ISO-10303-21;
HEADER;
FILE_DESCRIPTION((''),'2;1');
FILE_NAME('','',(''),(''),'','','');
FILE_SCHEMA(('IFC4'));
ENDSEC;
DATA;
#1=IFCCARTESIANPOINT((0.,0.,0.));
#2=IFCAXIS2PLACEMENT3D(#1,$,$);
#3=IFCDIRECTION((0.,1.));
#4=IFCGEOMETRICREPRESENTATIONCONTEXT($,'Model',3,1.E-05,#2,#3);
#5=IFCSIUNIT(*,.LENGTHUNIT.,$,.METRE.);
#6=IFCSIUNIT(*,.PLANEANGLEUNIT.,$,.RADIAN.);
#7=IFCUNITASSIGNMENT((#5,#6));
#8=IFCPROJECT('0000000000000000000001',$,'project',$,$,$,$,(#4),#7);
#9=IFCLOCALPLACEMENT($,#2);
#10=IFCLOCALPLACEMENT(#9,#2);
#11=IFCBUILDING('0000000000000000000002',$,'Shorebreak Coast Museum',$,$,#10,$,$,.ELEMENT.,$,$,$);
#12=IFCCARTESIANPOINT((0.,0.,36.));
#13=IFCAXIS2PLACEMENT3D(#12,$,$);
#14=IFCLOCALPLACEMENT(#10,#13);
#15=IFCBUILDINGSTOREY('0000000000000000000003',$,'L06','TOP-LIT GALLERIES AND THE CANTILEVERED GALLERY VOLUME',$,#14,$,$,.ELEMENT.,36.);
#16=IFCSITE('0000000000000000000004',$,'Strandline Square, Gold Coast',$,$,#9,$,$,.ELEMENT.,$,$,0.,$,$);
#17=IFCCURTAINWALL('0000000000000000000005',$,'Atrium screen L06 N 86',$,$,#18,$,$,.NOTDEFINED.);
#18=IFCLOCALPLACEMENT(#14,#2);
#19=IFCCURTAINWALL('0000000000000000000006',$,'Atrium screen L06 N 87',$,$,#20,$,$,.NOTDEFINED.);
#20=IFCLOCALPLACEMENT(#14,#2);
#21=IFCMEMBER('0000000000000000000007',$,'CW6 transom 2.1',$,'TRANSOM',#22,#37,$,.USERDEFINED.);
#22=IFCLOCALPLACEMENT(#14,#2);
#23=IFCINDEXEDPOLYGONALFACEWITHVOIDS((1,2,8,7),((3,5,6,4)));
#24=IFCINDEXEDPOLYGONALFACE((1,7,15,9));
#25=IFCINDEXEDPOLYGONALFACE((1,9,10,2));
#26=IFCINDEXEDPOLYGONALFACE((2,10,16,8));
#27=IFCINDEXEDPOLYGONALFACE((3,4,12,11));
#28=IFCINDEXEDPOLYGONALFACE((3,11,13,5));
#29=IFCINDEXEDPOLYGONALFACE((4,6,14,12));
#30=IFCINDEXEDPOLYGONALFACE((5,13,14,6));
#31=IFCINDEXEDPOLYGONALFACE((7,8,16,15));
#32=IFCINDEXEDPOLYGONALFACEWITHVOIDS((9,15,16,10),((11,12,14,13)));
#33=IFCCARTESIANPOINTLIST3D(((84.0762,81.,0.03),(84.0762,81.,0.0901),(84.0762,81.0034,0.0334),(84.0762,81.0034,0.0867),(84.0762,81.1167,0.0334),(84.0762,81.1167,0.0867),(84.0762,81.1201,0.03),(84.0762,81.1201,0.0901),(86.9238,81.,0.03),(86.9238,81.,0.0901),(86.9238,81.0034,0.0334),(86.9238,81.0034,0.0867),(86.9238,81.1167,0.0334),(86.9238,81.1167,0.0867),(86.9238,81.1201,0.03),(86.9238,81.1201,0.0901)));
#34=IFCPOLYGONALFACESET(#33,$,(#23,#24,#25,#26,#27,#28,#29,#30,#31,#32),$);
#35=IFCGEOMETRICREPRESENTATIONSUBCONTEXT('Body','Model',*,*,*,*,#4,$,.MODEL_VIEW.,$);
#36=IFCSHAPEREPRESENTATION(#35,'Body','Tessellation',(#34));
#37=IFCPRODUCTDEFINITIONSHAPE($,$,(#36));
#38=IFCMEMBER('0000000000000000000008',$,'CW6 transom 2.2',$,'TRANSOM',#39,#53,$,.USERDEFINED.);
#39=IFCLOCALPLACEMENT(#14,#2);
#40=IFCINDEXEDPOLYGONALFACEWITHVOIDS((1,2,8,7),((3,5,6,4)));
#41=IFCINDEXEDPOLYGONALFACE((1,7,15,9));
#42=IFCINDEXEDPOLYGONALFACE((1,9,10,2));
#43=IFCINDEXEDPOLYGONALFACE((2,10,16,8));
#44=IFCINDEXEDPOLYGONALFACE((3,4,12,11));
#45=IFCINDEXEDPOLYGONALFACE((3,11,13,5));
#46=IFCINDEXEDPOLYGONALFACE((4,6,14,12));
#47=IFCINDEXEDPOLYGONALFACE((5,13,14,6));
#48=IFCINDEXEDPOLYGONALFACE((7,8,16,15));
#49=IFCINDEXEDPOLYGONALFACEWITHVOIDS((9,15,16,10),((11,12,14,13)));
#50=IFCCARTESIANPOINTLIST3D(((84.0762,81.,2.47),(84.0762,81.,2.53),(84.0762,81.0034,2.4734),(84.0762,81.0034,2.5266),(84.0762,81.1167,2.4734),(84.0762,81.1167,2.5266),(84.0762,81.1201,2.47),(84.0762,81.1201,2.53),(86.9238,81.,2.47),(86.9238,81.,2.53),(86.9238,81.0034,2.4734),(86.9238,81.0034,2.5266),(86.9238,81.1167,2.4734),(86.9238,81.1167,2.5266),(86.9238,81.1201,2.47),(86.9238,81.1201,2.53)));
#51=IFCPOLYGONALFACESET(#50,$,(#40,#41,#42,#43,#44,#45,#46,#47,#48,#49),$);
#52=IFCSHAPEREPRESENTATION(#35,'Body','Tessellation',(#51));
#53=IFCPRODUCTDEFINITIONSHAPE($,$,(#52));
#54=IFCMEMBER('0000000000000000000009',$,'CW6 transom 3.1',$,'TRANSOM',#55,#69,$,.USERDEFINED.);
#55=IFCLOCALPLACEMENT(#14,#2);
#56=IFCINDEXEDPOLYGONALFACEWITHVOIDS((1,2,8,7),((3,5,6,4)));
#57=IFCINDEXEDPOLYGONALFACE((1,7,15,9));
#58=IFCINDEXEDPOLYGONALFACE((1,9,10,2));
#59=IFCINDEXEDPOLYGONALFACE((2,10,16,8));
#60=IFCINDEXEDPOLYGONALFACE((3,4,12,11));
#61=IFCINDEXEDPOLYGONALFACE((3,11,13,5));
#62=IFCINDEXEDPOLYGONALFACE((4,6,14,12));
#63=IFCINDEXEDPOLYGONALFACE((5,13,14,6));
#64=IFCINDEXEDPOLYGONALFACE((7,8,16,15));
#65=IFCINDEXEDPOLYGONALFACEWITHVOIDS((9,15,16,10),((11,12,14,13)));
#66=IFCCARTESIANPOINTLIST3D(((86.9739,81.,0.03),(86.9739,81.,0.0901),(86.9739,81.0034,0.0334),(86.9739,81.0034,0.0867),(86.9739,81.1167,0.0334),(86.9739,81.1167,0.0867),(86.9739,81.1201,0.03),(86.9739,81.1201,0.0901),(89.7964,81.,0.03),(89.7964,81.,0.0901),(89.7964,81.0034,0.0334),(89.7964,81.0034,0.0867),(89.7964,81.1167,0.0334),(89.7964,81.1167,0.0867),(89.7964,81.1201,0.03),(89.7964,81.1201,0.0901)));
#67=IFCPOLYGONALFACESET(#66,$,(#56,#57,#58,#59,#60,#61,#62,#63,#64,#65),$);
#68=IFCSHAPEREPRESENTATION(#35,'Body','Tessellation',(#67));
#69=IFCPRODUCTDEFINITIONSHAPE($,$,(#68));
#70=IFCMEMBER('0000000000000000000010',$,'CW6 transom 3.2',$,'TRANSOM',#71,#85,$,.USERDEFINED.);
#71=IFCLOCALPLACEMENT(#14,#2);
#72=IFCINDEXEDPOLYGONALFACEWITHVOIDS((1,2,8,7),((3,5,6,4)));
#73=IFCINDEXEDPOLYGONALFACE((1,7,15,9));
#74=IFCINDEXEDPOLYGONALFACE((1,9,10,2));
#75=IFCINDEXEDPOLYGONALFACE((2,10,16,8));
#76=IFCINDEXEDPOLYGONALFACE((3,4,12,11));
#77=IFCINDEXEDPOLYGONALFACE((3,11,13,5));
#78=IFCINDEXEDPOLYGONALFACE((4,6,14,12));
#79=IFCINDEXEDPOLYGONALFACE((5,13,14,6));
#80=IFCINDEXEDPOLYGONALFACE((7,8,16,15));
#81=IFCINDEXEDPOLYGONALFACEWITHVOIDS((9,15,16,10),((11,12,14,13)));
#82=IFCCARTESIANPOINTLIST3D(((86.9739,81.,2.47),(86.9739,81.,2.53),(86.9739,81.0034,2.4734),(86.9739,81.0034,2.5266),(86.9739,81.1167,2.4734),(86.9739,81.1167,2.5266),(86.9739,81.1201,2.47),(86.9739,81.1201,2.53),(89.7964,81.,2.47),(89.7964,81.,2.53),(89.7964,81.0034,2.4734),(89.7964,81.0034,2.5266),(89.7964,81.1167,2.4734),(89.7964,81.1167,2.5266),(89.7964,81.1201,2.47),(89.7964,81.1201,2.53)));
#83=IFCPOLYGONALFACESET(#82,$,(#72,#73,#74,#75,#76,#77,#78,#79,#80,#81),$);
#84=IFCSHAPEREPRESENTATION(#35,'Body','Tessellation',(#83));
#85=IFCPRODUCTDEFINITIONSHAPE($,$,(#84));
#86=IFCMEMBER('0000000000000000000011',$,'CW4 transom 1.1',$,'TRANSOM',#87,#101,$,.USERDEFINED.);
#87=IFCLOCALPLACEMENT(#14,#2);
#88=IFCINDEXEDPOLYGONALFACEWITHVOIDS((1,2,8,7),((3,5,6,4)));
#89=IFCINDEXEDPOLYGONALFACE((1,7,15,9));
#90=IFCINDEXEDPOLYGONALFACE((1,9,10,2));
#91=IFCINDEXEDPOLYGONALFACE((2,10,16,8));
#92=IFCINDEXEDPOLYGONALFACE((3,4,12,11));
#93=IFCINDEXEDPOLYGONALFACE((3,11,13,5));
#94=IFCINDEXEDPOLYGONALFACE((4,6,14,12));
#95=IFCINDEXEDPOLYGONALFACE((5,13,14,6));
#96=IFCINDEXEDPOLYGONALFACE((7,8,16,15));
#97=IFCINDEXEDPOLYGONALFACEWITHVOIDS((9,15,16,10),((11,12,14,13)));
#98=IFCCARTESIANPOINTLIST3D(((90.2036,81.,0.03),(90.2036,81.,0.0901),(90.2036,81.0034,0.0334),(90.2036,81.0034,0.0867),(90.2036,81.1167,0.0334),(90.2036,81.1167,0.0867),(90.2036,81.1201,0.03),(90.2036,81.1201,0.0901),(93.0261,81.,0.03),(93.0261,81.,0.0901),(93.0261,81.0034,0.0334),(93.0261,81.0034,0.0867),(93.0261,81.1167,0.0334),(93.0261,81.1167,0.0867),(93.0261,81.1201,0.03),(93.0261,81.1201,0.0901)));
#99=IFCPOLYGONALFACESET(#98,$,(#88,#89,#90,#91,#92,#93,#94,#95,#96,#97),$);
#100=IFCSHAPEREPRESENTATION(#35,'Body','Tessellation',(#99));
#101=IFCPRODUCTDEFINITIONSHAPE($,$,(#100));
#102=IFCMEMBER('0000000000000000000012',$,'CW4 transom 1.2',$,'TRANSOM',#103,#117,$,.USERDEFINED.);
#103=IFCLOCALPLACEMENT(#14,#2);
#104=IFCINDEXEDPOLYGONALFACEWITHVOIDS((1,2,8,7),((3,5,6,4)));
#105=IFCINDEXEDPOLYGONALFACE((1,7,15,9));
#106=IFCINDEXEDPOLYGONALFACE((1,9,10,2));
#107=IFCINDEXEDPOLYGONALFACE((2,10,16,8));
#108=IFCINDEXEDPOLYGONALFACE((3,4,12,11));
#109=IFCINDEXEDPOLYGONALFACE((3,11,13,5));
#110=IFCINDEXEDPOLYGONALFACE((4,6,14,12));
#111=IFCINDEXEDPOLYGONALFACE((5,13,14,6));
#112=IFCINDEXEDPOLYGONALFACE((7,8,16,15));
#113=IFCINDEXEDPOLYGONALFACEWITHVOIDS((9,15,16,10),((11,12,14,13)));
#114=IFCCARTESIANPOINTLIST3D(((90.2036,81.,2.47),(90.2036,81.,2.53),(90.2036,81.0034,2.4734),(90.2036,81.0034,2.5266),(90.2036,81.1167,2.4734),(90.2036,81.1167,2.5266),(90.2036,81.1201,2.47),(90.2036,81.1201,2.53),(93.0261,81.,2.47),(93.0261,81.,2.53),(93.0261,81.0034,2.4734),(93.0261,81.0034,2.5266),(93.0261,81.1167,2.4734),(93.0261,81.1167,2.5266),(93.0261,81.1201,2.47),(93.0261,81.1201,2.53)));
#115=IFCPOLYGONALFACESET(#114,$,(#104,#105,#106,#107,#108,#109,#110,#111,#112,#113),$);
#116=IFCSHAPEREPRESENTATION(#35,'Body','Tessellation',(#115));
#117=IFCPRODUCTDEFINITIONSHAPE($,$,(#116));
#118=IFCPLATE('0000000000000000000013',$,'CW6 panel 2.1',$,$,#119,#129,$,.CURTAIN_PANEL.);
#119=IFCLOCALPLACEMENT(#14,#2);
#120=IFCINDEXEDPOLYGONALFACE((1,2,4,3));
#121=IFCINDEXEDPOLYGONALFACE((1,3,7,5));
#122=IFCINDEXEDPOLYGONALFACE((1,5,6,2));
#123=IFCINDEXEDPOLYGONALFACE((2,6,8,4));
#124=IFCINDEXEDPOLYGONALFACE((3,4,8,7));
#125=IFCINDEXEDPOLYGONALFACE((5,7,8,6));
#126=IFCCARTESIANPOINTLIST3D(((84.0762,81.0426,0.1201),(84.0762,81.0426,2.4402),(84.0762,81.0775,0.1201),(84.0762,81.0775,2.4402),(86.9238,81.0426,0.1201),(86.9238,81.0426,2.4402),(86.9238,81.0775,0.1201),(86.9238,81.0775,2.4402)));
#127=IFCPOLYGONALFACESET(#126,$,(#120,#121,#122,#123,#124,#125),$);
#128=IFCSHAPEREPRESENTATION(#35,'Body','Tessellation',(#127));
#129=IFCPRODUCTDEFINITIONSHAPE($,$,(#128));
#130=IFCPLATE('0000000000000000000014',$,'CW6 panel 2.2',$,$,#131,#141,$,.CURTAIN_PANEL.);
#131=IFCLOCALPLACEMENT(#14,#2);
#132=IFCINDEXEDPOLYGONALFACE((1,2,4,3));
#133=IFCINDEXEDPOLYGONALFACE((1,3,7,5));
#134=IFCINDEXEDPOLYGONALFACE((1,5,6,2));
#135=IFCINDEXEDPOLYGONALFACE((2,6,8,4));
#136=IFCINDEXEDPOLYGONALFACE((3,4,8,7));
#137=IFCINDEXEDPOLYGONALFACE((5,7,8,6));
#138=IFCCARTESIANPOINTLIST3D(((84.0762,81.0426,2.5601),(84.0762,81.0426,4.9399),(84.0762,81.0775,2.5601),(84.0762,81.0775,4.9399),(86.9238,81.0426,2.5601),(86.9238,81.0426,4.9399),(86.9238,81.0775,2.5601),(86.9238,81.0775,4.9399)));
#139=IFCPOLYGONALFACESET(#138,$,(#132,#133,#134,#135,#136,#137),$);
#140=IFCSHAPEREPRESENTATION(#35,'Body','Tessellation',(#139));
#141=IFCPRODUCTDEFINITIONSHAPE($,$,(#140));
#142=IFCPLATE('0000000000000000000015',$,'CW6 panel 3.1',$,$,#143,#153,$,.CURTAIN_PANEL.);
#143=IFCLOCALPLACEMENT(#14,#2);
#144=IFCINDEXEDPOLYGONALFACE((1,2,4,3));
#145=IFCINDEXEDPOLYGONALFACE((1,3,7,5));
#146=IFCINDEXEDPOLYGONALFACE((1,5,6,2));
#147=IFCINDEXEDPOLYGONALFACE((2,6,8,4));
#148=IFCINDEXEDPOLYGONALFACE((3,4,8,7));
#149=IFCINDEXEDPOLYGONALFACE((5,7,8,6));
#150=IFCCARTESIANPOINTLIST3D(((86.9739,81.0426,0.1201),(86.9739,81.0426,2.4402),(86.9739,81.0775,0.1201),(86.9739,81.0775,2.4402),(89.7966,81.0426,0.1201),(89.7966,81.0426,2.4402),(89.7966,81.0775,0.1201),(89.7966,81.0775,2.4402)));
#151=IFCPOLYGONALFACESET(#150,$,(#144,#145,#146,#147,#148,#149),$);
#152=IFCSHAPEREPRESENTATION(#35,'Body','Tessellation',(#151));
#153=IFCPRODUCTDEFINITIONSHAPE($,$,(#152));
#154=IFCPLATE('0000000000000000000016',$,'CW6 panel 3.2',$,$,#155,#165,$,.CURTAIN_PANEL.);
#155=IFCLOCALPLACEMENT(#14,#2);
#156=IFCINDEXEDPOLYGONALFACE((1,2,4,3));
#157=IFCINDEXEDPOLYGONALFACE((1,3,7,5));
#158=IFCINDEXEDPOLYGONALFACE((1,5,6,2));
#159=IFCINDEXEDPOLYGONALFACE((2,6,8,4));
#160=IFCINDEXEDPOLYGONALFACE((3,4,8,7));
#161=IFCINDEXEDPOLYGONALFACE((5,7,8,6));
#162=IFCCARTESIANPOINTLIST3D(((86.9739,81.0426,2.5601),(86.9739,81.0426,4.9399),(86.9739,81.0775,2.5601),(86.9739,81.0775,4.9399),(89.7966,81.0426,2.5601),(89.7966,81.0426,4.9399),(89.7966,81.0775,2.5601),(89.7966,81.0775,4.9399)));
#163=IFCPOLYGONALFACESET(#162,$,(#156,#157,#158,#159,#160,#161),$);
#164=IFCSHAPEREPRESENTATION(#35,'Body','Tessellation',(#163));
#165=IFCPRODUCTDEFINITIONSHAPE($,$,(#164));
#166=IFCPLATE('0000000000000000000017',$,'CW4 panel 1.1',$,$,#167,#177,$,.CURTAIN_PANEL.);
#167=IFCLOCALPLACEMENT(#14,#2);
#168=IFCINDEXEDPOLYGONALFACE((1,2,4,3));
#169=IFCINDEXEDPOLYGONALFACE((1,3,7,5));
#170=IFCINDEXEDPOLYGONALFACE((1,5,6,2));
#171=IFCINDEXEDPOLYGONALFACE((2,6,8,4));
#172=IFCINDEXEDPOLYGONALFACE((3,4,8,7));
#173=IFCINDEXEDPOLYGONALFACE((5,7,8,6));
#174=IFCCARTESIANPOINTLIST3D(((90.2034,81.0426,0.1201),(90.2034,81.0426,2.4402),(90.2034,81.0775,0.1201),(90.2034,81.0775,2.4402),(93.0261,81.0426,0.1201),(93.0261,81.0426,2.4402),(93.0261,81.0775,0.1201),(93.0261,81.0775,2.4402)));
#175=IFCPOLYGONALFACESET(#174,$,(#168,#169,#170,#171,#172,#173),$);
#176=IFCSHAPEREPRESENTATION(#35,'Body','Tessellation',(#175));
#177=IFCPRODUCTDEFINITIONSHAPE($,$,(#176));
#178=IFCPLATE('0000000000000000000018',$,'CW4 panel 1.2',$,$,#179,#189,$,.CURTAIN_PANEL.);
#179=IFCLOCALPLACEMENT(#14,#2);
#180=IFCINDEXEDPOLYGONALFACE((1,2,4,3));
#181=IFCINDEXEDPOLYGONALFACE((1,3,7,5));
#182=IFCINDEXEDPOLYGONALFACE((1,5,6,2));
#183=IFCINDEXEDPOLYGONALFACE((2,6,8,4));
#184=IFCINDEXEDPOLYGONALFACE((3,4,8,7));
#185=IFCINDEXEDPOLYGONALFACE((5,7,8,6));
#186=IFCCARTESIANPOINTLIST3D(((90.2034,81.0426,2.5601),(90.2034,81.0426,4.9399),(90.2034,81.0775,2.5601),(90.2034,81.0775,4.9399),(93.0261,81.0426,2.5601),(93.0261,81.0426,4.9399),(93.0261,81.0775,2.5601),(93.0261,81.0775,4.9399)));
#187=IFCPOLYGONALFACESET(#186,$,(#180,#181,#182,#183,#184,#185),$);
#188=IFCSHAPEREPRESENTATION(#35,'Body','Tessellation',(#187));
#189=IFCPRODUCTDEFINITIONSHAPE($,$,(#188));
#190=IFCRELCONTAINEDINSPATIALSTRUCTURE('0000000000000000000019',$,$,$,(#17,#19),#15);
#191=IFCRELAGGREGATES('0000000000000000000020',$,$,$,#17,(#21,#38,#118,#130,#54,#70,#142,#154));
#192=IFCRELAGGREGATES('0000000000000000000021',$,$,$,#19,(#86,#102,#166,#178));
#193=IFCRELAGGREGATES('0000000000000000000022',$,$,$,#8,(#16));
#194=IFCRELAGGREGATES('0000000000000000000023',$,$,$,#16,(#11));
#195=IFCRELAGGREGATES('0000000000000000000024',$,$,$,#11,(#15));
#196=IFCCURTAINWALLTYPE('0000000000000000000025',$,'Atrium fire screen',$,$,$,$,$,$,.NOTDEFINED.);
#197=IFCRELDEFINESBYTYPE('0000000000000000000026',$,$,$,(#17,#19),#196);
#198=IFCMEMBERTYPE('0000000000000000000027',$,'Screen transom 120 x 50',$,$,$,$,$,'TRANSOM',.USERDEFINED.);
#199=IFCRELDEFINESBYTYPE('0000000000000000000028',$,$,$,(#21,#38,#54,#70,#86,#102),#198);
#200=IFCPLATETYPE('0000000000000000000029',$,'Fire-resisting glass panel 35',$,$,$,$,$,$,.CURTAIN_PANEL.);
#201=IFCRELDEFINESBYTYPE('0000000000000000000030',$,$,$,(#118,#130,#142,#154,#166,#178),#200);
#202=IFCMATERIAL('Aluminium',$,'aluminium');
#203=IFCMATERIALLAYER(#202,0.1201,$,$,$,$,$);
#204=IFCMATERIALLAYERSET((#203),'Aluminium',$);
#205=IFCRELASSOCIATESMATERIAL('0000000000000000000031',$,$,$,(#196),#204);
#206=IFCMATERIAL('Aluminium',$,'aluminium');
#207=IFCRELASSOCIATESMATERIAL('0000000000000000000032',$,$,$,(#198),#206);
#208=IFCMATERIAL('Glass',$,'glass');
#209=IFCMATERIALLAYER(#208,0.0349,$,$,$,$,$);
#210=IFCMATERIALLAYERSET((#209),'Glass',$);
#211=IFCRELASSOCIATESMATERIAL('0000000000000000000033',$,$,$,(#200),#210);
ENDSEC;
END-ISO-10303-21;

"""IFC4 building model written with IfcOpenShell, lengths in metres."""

from ifc_helpers import new_model, si_unit, direction, frame, origin, origin_2d, place, context, subcontext, project, spatial, rectangle, hollow_rectangle, extrude, material, layer, layer_set, material_profile, profile_set, type_object, element, aggregate, save


model = new_model("IFC4")

# Units and contexts
model_context = context("Model", 3, precision=1e-05, world=origin(), true_north=direction((0.0, 1.0)))
body_context = subcontext(model_context, "Body", "Model", "MODEL_VIEW")
ifc_project = project(units=[si_unit("LENGTHUNIT", "METRE"), si_unit("PLANEANGLEUNIT", "RADIAN")], contexts=[model_context])

# Site, building, storey
site_placement = place(None, origin())
site = spatial("IfcSite", under=ifc_project, at=site_placement, Name="Strandline Square, Gold Coast", CompositionType="ELEMENT", RefElevation=0.0)
building_placement = place(site_placement, origin())
building = spatial("IfcBuilding", under=site, at=building_placement, Name="Shorebreak Coast Museum", CompositionType="ELEMENT")
storey_placement = place(building_placement, frame((0.0, 0.0, 36.0)))
storey = spatial("IfcBuildingStorey", under=building, at=storey_placement, Name="L06", Description="TOP-LIT GALLERIES AND THE CANTILEVERED GALLERY VOLUME", CompositionType="ELEMENT", Elevation=36.0)

# Curtain wall
ifc_material_1 = material(Name="Aluminium", Category="aluminium")
ifc_layer_1 = layer(ifc_material_1, 0.1201)
ifc_layer_set_1 = layer_set([ifc_layer_1], Name="Aluminium")
curtain_wall_type = type_object("IfcCurtainWallType", Name="Atrium fire screen", PredefinedType="NOTDEFINED", material=ifc_layer_set_1)
curtain_wall_1_placement = place(storey_placement, origin())
curtain_wall_1 = element("IfcCurtainWall", 1, at=curtain_wall_1_placement, inside=storey, type_object=curtain_wall_type, Name="Atrium screen L06 N 86", PredefinedType="NOTDEFINED")

# Curtain wall
curtain_wall_2_placement = place(storey_placement, origin())
curtain_wall_2 = element("IfcCurtainWall", 2, at=curtain_wall_2_placement, inside=storey, type_object=curtain_wall_type, Name="Atrium screen L06 N 87", PredefinedType="NOTDEFINED")

# Members
ifc_material_2 = material(Name="Aluminium", Category="aluminium")
ifc_material_profile_1 = material_profile(ifc_material_2, hollow_rectangle(XDim=0.1201, YDim=0.0601, WallThickness=0.0034, at=origin_2d()), Name="AL 60x120 RHS")
ifc_profile_set_1 = profile_set([ifc_material_profile_1], Name="Aluminium")
member_type_1 = type_object("IfcMemberType", Name="Screen transom 120 x 50", ElementType="TRANSOM", PredefinedType="USERDEFINED", material=ifc_profile_set_1)
member_1_placement = place(storey_placement, frame((84.0762, 81.0601, 0.0601), z_axis=(1.0, 0.0, 0.0), x_axis=(0.0, 1.0, 0.0)))
member_1 = element("IfcMember", 3, at=member_1_placement, type_object=member_type_1, Name="CW6 transom 2.1", ObjectType="TRANSOM", PredefinedType="USERDEFINED", context=body_context, shape_type="SweptSolid", body=[
    extrude(hollow_rectangle(XDim=0.1201, YDim=0.0601, WallThickness=0.0034, at=origin_2d()), origin(), (0.0, 0.0, 1.0), 2.8477),
])
member_2_placement = place(storey_placement, frame((84.0762, 81.0601, 2.5), z_axis=(1.0, 0.0, 0.0), x_axis=(0.0, 1.0, 0.0)))
member_2 = element("IfcMember", 4, at=member_2_placement, type_object=member_type_1, Name="CW6 transom 2.2", ObjectType="TRANSOM", PredefinedType="USERDEFINED", context=body_context, shape_type="SweptSolid", body=[
    extrude(hollow_rectangle(XDim=0.1201, YDim=0.0601, WallThickness=0.0034, at=origin_2d()), origin(), (0.0, 0.0, 1.0), 2.8477),
])
member_3_placement = place(storey_placement, frame((86.9739, 81.0601, 0.0601), z_axis=(1.0, 0.0, 0.0), x_axis=(0.0, 1.0, 0.0)))
member_3 = element("IfcMember", 5, at=member_3_placement, type_object=member_type_1, Name="CW6 transom 3.1", ObjectType="TRANSOM", PredefinedType="USERDEFINED", context=body_context, shape_type="SweptSolid", body=[
    extrude(hollow_rectangle(XDim=0.1201, YDim=0.0601, WallThickness=0.0034, at=origin_2d()), origin(), (0.0, 0.0, 1.0), 2.8225),
])
member_4_placement = place(storey_placement, frame((86.9739, 81.0601, 2.5), z_axis=(1.0, 0.0, 0.0), x_axis=(0.0, 1.0, 0.0)))
member_4 = element("IfcMember", 6, at=member_4_placement, type_object=member_type_1, Name="CW6 transom 3.2", ObjectType="TRANSOM", PredefinedType="USERDEFINED", context=body_context, shape_type="SweptSolid", body=[
    extrude(hollow_rectangle(XDim=0.1201, YDim=0.0601, WallThickness=0.0034, at=origin_2d()), origin(), (0.0, 0.0, 1.0), 2.8225),
])
member_5_placement = place(storey_placement, frame((90.2036, 81.0601, 0.0601), z_axis=(1.0, 0.0, 0.0), x_axis=(0.0, 1.0, 0.0)))
member_5 = element("IfcMember", 7, at=member_5_placement, type_object=member_type_1, Name="CW4 transom 1.1", ObjectType="TRANSOM", PredefinedType="USERDEFINED", context=body_context, shape_type="SweptSolid", body=[
    extrude(hollow_rectangle(XDim=0.1201, YDim=0.0601, WallThickness=0.0034, at=origin_2d()), origin(), (0.0, 0.0, 1.0), 2.8225),
])
member_6_placement = place(storey_placement, frame((90.2036, 81.0601, 2.5), z_axis=(1.0, 0.0, 0.0), x_axis=(0.0, 1.0, 0.0)))
member_6 = element("IfcMember", 8, at=member_6_placement, type_object=member_type_1, Name="CW4 transom 1.2", ObjectType="TRANSOM", PredefinedType="USERDEFINED", context=body_context, shape_type="SweptSolid", body=[
    extrude(hollow_rectangle(XDim=0.1201, YDim=0.0601, WallThickness=0.0034, at=origin_2d()), origin(), (0.0, 0.0, 1.0), 2.8225),
])

# Plates
ifc_material_3 = material(Name="Glass", Category="glass")
ifc_layer_2 = layer(ifc_material_3, 0.0349)
ifc_layer_set_2 = layer_set([ifc_layer_2], Name="Glass")
plate_type = type_object("IfcPlateType", Name="Fire-resisting glass panel 35", PredefinedType="CURTAIN_PANEL", material=ifc_layer_set_2)
plate_1_placement = place(storey_placement, frame((85.5, 81.0601, 0.1201), z_axis=(0.0, 0.0, 1.0), x_axis=(1.0, 0.0, 0.0)))
plate_1 = element("IfcPlate", 9, at=plate_1_placement, type_object=plate_type, Name="CW6 panel 2.1", PredefinedType="CURTAIN_PANEL", context=body_context, shape_type="SweptSolid", body=[
    extrude(rectangle(XDim=2.8477, YDim=0.0349, at=origin_2d()), origin(), (0.0, 0.0, 1.0), 2.3201),
])
plate_2_placement = place(storey_placement, frame((85.5, 81.0601, 2.5601), z_axis=(0.0, 0.0, 1.0), x_axis=(1.0, 0.0, 0.0)))
plate_2 = element("IfcPlate", 10, at=plate_2_placement, type_object=plate_type, Name="CW6 panel 2.2", PredefinedType="CURTAIN_PANEL", context=body_context, shape_type="SweptSolid", body=[
    extrude(rectangle(XDim=2.8477, YDim=0.0349, at=origin_2d()), origin(), (0.0, 0.0, 1.0), 2.3799),
])
plate_3_placement = place(storey_placement, frame((88.3853, 81.0601, 0.1201), z_axis=(0.0, 0.0, 1.0), x_axis=(1.0, 0.0, 0.0)))
plate_3 = element("IfcPlate", 11, at=plate_3_placement, type_object=plate_type, Name="CW6 panel 3.1", PredefinedType="CURTAIN_PANEL", context=body_context, shape_type="SweptSolid", body=[
    extrude(rectangle(XDim=2.8228, YDim=0.0349, at=origin_2d()), origin(), (0.0, 0.0, 1.0), 2.3201),
])
plate_4_placement = place(storey_placement, frame((88.3853, 81.0601, 2.5601), z_axis=(0.0, 0.0, 1.0), x_axis=(1.0, 0.0, 0.0)))
plate_4 = element("IfcPlate", 12, at=plate_4_placement, type_object=plate_type, Name="CW6 panel 3.2", PredefinedType="CURTAIN_PANEL", context=body_context, shape_type="SweptSolid", body=[
    extrude(rectangle(XDim=2.8228, YDim=0.0349, at=origin_2d()), origin(), (0.0, 0.0, 1.0), 2.3799),
])
aggregate(curtain_wall_1, [member_1, member_2, plate_1, plate_2, member_3, member_4, plate_3, plate_4])
plate_5_placement = place(storey_placement, frame((91.6147, 81.0601, 0.1201), z_axis=(0.0, 0.0, 1.0), x_axis=(1.0, 0.0, 0.0)))
plate_5 = element("IfcPlate", 13, at=plate_5_placement, type_object=plate_type, Name="CW4 panel 1.1", PredefinedType="CURTAIN_PANEL", context=body_context, shape_type="SweptSolid", body=[
    extrude(rectangle(XDim=2.8228, YDim=0.0349, at=origin_2d()), origin(), (0.0, 0.0, 1.0), 2.3201),
])
plate_6_placement = place(storey_placement, frame((91.6147, 81.0601, 2.5601), z_axis=(0.0, 0.0, 1.0), x_axis=(1.0, 0.0, 0.0)))
plate_6 = element("IfcPlate", 14, at=plate_6_placement, type_object=plate_type, Name="CW4 panel 1.2", PredefinedType="CURTAIN_PANEL", context=body_context, shape_type="SweptSolid", body=[
    extrude(rectangle(XDim=2.8228, YDim=0.0349, at=origin_2d()), origin(), (0.0, 0.0, 1.0), 2.3799),
])
aggregate(curtain_wall_2, [member_5, member_6, plate_5, plate_6])

save(model, "model.ifc")
